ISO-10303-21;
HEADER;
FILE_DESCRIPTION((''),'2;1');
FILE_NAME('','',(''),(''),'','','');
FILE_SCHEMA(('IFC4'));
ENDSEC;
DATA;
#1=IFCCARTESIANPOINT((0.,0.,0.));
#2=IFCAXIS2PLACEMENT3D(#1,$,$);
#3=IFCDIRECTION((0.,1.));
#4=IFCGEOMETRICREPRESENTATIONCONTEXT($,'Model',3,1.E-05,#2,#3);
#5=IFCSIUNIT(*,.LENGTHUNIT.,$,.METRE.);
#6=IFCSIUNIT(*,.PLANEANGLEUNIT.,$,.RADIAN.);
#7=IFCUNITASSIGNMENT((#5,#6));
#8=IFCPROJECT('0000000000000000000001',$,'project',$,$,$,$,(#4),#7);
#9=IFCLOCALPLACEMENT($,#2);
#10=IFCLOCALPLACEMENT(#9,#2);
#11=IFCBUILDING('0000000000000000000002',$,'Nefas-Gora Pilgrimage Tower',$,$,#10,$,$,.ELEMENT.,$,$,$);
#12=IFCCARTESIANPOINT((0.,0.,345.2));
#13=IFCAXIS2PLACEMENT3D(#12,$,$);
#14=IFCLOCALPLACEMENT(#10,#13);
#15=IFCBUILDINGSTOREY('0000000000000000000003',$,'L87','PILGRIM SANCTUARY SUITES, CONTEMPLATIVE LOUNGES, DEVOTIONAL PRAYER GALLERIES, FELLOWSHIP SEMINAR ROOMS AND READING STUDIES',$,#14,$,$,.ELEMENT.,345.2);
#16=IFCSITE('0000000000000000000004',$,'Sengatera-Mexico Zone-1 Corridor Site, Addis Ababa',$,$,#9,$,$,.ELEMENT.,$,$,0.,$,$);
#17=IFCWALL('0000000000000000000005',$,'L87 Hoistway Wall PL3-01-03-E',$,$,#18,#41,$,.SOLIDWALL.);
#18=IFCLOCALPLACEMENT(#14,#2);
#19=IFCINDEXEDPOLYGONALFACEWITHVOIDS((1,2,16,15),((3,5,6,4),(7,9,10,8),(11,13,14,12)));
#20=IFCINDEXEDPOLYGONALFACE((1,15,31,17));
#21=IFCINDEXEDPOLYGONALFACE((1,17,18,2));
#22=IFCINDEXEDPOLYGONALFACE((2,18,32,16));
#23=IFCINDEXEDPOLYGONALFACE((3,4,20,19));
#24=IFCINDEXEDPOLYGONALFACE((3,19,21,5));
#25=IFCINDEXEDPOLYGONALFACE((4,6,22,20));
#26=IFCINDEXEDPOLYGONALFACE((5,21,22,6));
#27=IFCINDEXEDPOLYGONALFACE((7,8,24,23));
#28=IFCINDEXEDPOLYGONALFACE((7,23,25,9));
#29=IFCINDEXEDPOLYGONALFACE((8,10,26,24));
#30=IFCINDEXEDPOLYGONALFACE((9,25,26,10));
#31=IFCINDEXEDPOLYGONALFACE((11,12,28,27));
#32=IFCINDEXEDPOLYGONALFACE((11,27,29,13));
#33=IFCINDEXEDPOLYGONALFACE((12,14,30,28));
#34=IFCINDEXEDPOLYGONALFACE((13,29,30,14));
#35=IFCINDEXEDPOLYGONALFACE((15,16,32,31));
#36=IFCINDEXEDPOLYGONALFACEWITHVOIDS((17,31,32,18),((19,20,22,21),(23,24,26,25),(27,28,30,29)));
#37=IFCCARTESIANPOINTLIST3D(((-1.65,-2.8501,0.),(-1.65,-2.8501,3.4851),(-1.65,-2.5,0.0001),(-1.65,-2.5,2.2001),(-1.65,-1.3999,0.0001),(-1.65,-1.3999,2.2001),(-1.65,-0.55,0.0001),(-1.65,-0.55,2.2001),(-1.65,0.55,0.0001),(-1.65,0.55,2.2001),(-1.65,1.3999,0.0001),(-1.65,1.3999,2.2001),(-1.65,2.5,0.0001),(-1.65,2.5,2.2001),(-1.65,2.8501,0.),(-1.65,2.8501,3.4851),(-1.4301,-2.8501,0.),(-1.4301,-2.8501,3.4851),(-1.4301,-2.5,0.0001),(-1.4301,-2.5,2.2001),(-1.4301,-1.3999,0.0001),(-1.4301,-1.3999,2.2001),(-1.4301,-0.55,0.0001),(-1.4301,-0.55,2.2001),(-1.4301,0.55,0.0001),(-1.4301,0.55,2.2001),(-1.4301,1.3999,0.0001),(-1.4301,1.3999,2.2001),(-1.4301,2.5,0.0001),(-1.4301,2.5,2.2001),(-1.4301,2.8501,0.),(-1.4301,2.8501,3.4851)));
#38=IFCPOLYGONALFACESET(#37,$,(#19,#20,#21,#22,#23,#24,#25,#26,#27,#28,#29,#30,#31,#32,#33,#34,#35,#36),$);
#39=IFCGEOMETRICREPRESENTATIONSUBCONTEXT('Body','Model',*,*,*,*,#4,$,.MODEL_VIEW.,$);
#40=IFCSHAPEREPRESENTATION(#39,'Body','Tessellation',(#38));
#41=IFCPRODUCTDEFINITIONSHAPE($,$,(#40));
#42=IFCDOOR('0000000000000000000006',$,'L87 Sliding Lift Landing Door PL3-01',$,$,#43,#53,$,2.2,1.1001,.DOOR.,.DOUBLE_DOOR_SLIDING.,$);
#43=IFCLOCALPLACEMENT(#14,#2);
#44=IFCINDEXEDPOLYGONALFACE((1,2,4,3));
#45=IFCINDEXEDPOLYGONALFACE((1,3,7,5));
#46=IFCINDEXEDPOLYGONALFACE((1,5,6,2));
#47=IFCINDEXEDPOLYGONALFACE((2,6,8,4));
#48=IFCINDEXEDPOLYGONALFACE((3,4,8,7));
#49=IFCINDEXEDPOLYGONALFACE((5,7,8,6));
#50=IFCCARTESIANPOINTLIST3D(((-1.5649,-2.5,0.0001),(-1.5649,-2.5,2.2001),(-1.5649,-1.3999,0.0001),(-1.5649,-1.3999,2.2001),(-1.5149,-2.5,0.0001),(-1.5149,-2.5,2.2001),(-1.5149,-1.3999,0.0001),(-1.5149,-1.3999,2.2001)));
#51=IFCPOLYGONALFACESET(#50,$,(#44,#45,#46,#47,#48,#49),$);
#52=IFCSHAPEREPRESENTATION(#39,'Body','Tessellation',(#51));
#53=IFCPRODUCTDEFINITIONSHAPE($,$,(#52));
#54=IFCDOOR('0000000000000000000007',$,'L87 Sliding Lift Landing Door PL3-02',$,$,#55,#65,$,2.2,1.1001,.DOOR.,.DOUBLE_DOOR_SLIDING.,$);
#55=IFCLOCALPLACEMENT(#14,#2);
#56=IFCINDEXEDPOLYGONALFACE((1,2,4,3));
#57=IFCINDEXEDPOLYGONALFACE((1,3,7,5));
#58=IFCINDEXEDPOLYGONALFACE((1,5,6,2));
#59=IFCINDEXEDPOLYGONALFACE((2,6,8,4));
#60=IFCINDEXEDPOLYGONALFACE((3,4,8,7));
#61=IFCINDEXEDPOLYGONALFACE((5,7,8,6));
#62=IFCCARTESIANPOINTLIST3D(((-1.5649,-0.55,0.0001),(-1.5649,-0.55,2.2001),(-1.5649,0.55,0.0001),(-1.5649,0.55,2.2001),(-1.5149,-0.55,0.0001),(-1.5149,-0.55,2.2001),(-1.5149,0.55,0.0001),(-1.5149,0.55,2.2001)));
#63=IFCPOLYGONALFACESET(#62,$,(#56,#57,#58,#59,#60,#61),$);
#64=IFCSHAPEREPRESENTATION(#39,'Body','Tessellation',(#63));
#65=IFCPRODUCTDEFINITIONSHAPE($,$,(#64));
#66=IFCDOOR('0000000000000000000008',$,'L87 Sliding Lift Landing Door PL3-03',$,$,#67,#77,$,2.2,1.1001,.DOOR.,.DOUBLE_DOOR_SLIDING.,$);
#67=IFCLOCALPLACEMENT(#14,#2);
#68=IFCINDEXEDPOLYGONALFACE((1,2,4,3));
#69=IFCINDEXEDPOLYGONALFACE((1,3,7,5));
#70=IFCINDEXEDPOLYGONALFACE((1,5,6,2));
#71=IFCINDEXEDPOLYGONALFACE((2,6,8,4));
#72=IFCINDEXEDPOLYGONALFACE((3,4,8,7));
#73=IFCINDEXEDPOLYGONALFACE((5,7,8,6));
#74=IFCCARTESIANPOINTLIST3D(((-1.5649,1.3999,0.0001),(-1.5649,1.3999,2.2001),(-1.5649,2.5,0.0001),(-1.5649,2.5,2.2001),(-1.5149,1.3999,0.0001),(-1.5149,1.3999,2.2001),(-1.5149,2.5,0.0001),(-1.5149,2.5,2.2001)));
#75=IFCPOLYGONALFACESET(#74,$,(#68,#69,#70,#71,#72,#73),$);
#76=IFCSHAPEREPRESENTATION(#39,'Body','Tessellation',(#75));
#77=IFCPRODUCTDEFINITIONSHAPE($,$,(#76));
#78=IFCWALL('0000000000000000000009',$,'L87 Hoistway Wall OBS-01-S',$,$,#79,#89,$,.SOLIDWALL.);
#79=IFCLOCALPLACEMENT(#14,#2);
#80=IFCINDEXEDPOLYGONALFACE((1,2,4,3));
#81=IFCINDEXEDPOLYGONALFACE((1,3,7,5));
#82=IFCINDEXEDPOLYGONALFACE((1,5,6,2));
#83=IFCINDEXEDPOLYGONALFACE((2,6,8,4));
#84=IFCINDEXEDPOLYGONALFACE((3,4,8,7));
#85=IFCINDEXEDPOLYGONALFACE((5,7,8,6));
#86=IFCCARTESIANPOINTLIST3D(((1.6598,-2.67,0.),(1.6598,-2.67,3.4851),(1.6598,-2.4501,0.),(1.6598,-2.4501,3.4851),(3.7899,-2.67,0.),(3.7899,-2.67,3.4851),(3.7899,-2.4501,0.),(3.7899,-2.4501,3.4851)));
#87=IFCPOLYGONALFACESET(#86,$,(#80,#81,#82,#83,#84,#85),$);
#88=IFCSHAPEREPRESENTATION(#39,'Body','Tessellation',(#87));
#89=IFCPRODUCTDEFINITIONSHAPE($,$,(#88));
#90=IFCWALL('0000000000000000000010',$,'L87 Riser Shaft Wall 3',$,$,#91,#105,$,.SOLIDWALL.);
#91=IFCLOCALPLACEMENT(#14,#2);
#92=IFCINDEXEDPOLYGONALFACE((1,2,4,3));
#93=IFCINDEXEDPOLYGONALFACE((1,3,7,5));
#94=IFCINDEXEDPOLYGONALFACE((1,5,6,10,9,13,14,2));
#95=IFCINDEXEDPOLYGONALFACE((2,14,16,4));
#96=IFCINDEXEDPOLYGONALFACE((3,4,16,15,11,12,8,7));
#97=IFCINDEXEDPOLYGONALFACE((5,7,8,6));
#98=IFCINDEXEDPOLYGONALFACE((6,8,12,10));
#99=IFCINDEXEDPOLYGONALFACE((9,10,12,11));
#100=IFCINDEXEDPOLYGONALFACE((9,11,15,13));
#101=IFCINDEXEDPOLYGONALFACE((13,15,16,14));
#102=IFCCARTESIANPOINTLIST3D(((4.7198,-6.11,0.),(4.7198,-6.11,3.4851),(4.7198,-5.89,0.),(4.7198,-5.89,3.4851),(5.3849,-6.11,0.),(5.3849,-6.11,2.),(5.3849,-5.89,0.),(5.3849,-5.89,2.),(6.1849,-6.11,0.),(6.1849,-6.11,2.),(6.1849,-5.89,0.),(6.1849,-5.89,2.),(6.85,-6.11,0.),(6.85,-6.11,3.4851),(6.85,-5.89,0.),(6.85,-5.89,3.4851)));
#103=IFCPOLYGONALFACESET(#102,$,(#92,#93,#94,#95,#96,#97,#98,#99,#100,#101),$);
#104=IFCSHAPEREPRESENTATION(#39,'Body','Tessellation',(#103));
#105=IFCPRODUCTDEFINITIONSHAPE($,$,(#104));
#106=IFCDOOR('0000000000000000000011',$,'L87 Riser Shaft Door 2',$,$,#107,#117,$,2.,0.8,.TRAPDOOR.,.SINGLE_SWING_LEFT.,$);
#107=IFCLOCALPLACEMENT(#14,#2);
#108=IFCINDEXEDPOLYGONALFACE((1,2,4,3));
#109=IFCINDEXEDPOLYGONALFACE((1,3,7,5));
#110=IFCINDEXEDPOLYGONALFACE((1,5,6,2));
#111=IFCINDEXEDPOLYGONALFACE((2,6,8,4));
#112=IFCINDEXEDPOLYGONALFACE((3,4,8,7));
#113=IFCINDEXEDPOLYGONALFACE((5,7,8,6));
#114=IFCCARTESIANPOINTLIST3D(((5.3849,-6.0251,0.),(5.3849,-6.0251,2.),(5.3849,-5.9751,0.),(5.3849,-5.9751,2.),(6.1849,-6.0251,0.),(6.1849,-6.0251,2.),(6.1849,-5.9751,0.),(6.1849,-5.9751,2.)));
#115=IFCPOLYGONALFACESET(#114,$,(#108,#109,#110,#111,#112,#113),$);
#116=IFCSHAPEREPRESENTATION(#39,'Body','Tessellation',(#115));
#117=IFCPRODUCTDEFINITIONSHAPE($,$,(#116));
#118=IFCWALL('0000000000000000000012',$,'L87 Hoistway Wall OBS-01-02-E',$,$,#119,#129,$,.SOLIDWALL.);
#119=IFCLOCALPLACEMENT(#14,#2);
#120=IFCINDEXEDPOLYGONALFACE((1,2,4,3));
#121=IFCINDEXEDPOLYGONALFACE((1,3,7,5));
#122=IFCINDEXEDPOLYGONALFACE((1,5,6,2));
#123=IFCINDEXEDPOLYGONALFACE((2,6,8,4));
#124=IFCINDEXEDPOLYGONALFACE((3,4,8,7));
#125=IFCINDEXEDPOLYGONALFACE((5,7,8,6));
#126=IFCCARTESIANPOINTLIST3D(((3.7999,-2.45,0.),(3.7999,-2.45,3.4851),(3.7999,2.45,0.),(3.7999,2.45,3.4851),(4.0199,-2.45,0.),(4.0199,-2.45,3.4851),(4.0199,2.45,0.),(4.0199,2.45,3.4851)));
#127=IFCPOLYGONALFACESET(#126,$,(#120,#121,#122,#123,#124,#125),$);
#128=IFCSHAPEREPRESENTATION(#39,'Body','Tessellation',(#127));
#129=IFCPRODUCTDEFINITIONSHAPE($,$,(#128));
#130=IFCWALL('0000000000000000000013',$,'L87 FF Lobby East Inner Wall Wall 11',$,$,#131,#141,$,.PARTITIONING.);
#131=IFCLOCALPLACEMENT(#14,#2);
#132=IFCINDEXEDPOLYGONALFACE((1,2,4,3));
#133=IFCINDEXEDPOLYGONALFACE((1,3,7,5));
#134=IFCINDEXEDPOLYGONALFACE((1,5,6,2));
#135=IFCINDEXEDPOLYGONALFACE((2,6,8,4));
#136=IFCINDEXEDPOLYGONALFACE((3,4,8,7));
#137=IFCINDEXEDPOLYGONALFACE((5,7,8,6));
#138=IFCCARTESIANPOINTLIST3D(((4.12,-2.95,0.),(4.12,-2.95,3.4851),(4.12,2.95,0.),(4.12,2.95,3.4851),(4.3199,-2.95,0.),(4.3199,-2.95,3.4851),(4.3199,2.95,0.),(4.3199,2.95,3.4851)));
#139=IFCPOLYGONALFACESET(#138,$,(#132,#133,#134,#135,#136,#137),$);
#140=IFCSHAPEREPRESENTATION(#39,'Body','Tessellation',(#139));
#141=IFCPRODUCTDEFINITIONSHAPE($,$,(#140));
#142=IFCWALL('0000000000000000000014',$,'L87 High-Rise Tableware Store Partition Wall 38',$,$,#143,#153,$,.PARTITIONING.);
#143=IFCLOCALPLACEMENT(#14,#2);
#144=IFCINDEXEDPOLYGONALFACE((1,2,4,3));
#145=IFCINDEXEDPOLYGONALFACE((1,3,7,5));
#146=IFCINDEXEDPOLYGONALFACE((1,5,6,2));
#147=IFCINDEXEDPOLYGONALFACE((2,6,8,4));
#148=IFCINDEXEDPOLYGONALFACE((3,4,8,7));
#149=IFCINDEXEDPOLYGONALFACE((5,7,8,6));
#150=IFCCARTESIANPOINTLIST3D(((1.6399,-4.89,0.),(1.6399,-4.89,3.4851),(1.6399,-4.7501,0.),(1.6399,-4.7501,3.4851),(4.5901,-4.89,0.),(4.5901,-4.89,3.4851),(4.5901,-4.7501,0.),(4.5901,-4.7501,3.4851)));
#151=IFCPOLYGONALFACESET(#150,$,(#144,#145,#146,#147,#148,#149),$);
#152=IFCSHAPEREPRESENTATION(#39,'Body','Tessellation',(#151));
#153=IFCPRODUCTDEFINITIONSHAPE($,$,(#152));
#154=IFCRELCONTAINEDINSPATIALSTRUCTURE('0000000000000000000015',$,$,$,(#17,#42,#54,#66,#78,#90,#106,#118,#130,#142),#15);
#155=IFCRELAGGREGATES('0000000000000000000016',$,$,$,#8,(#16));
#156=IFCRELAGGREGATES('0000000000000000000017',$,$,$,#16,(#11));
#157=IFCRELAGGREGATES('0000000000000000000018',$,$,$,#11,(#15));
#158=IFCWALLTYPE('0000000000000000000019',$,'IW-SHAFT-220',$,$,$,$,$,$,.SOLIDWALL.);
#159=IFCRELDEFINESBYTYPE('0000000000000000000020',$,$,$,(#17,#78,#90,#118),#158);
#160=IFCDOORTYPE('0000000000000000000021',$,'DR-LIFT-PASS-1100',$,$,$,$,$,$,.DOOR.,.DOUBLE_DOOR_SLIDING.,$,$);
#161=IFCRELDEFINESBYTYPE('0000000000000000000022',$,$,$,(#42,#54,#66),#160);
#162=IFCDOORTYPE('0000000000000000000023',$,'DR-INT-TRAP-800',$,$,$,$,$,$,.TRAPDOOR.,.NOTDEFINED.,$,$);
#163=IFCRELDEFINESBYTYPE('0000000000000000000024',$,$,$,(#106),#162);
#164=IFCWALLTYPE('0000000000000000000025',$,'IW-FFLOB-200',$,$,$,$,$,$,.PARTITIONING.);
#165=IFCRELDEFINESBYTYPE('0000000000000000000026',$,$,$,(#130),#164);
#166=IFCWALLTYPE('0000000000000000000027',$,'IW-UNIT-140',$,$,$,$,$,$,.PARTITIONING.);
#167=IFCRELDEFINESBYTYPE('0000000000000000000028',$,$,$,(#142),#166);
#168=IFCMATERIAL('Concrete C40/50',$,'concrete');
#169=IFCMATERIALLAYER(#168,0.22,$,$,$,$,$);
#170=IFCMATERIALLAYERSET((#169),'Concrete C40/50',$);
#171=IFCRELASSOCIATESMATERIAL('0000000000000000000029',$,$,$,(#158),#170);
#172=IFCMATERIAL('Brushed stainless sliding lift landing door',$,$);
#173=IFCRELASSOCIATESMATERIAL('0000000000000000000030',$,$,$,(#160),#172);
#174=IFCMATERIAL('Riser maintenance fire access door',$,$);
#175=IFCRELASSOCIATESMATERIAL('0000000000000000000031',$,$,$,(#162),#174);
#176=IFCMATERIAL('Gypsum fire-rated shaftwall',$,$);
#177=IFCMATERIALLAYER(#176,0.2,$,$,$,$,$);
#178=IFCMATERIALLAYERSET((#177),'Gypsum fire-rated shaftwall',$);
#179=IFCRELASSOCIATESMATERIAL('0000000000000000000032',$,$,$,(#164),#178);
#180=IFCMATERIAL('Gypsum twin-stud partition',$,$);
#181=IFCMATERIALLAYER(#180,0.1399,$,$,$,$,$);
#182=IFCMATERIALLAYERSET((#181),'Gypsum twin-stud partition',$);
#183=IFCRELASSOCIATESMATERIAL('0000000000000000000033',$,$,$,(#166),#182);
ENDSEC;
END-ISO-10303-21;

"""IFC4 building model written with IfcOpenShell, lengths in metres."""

from ifc_helpers import new_model, si_unit, direction, frame, frame_2d, origin, place, context, subcontext, project, spatial, rectangle, extrude, source, transform, mapped, material, layer, layer_set, type_object, element, fill, save


model = new_model("IFC4")

# Units and contexts
model_context = context("Model", 3, precision=1e-05, world=origin(), true_north=direction((0.0, 1.0)))
body_context = subcontext(model_context, "Body", "Model", "MODEL_VIEW")
ifc_project = project(units=[si_unit("LENGTHUNIT", "METRE"), si_unit("PLANEANGLEUNIT", "RADIAN")], contexts=[model_context])

# Site, building, storey
site_placement = place(None, origin())
site = spatial("IfcSite", under=ifc_project, at=site_placement, Name="Sengatera-Mexico Zone-1 Corridor Site, Addis Ababa", CompositionType="ELEMENT", RefElevation=0.0)
building_placement = place(site_placement, origin())
building = spatial("IfcBuilding", under=site, at=building_placement, Name="Nefas-Gora Pilgrimage Tower", CompositionType="ELEMENT")
storey_placement = place(building_placement, frame((0.0, 0.0, 345.2)))
storey = spatial("IfcBuildingStorey", under=building, at=storey_placement, Name="L87", Description="PILGRIM SANCTUARY SUITES, CONTEMPLATIVE LOUNGES, DEVOTIONAL PRAYER GALLERIES, FELLOWSHIP SEMINAR ROOMS AND READING STUDIES", CompositionType="ELEMENT", Elevation=345.2)

# Shared definitions
ifc_material_1 = material(Name="Concrete C40/50", Category="concrete")
ifc_layer_1 = layer(ifc_material_1, 0.22)
ifc_layer_set_1 = layer_set([ifc_layer_1], Name="Concrete C40/50")
wall_type_1 = type_object("IfcWallType", Name="IW-SHAFT-220", PredefinedType="SOLIDWALL", material=ifc_layer_set_1)

# Wall, openings, doors
shared_shape_1 = source(origin(), body_context, "Body", "SweptSolid", [
    extrude(rectangle(XDim=5.7002, YDim=0.22, at=frame_2d((2.8501, 0.0))), origin(), (0.0, 0.0, 1.0), 3.4851),
])
wall_1_placement = place(storey_placement, frame((-1.54, -2.8501, 0.0), z_axis=(0.0, 0.0, 1.0), x_axis=(0.0, 1.0, 0.0)))
wall_1 = element("IfcWall", 1, at=wall_1_placement, inside=storey, type_object=wall_type_1, Name="L87 Hoistway Wall PL3-01-03-E", PredefinedType="SOLIDWALL", context=body_context, shape_type="MappedRepresentation", body=[
    mapped(shared_shape_1, transform((0.0, 0.0, 0.0), x_axis=(1.0, 0.0, 0.0), y_axis=(0.0, 1.0, 0.0), z_axis=(0.0, 0.0, 1.0), scale=1.0)),
])
opening_1_placement = place(wall_1_placement, frame((0.3501, 0.0, 0.0)))
opening_1 = element("IfcOpeningElement", 2, at=opening_1_placement, cuts=wall_1, PredefinedType="OPENING", context=body_context, shape_type="SweptSolid", body=[
    extrude(rectangle(XDim=1.1001, YDim=2.2, at=frame_2d((0.55, 1.1001))), frame((0.0, 0.1199, 0.0), z_axis=(0.0, -1.0, 0.0), x_axis=(1.0, 0.0, 0.0)), (0.0, 0.0, 1.0), 0.24),
])
opening_2_placement = place(wall_1_placement, frame((2.3, 0.0, 0.0)))
opening_2 = element("IfcOpeningElement", 3, at=opening_2_placement, cuts=wall_1, PredefinedType="OPENING", context=body_context, shape_type="SweptSolid", body=[
    extrude(rectangle(XDim=1.1001, YDim=2.2, at=frame_2d((0.55, 1.1001))), frame((0.0, 0.1199, 0.0), z_axis=(0.0, -1.0, 0.0), x_axis=(1.0, 0.0, 0.0)), (0.0, 0.0, 1.0), 0.24),
])
opening_3_placement = place(wall_1_placement, frame((4.25, 0.0, 0.0)))
opening_3 = element("IfcOpeningElement", 4, at=opening_3_placement, cuts=wall_1, PredefinedType="OPENING", context=body_context, shape_type="SweptSolid", body=[
    extrude(rectangle(XDim=1.1001, YDim=2.2, at=frame_2d((0.55, 1.1001))), frame((0.0, 0.1199, 0.0), z_axis=(0.0, -1.0, 0.0), x_axis=(1.0, 0.0, 0.0)), (0.0, 0.0, 1.0), 0.24),
])
ifc_material_2 = material(Name="Brushed stainless sliding lift landing door")
door_type_1 = type_object("IfcDoorType", Name="DR-LIFT-PASS-1100", OperationType="DOUBLE_DOOR_SLIDING", PredefinedType="DOOR", material=ifc_material_2)
shared_shape_2 = source(origin(), body_context, "Body", "SweptSolid", [
    extrude(rectangle(XDim=1.1001, YDim=2.2, at=frame_2d((0.55, 1.1001))), frame((0.0, 0.0249, 0.0), z_axis=(0.0, -1.0, 0.0), x_axis=(1.0, 0.0, 0.0)), (0.0, 0.0, 1.0), 0.05),
])
door_1_placement = place(opening_1_placement, origin())
door_1 = element("IfcDoor", 5, at=door_1_placement, inside=storey, type_object=door_type_1, Name="L87 Sliding Lift Landing Door PL3-01", OperationType="DOUBLE_DOOR_SLIDING", OverallHeight=2.2, OverallWidth=1.1001, PredefinedType="DOOR", context=body_context, shape_type="MappedRepresentation", body=[
    mapped(shared_shape_2, transform((0.0, 0.0, 0.0), x_axis=(1.0, 0.0, 0.0), y_axis=(0.0, 1.0, 0.0), z_axis=(0.0, 0.0, 1.0), scale=1.0)),
])
fill(opening_1, door_1)
door_2_placement = place(opening_2_placement, origin())
door_2 = element("IfcDoor", 6, at=door_2_placement, inside=storey, type_object=door_type_1, Name="L87 Sliding Lift Landing Door PL3-02", OperationType="DOUBLE_DOOR_SLIDING", OverallHeight=2.2, OverallWidth=1.1001, PredefinedType="DOOR", context=body_context, shape_type="MappedRepresentation", body=[
    mapped(shared_shape_2, transform((0.0, 0.0, 0.0), x_axis=(1.0, 0.0, 0.0), y_axis=(0.0, 1.0, 0.0), z_axis=(0.0, 0.0, 1.0), scale=1.0)),
])
fill(opening_2, door_2)
door_3_placement = place(opening_3_placement, origin())
door_3 = element("IfcDoor", 7, at=door_3_placement, inside=storey, type_object=door_type_1, Name="L87 Sliding Lift Landing Door PL3-03", OperationType="DOUBLE_DOOR_SLIDING", OverallHeight=2.2, OverallWidth=1.1001, PredefinedType="DOOR", context=body_context, shape_type="MappedRepresentation", body=[
    mapped(shared_shape_2, transform((0.0, 0.0, 0.0), x_axis=(1.0, 0.0, 0.0), y_axis=(0.0, 1.0, 0.0), z_axis=(0.0, 0.0, 1.0), scale=1.0)),
])
fill(opening_3, door_3)

# Wall
shared_shape_3 = source(origin(), body_context, "Body", "SweptSolid", [
    extrude(rectangle(XDim=2.1301, YDim=0.22, at=frame_2d((1.0649, 0.0))), origin(), (0.0, 0.0, 1.0), 3.4851),
])
wall_2_placement = place(storey_placement, frame((1.6599, -2.5601, 0.0), z_axis=(0.0, 0.0, 1.0), x_axis=(1.0, 0.0, 0.0)))
element("IfcWall", 8, at=wall_2_placement, inside=storey, type_object=wall_type_1, Name="L87 Hoistway Wall OBS-01-S", PredefinedType="SOLIDWALL", context=body_context, shape_type="MappedRepresentation", body=[
    mapped(shared_shape_3, transform((0.0, 0.0, 0.0), x_axis=(1.0, 0.0, 0.0), y_axis=(0.0, 1.0, 0.0), z_axis=(0.0, 0.0, 1.0), scale=1.0)),
])

# Wall, opening, door
wall_3_placement = place(storey_placement, frame((4.72, -6.0, 0.0), z_axis=(0.0, 0.0, 1.0), x_axis=(1.0, 0.0, 0.0)))
wall_3 = element("IfcWall", 9, at=wall_3_placement, inside=storey, type_object=wall_type_1, Name="L87 Riser Shaft Wall 3", PredefinedType="SOLIDWALL", context=body_context, shape_type="MappedRepresentation", body=[
    mapped(shared_shape_3, transform((0.0, 0.0, 0.0), x_axis=(1.0, 0.0, 0.0), y_axis=(0.0, 1.0, 0.0), z_axis=(0.0, 0.0, 1.0), scale=1.0)),
])
opening_4_placement = place(wall_3_placement, frame((0.665, 0.0, 0.0)))
opening_4 = element("IfcOpeningElement", 10, at=opening_4_placement, cuts=wall_3, PredefinedType="OPENING", context=body_context, shape_type="SweptSolid", body=[
    extrude(rectangle(XDim=0.8, YDim=2.0, at=frame_2d((0.3999, 1.0))), frame((0.0, 0.1199, 0.0), z_axis=(0.0, -1.0, 0.0), x_axis=(1.0, 0.0, 0.0)), (0.0, 0.0, 1.0), 0.24),
])
ifc_material_3 = material(Name="Riser maintenance fire access door")
door_type_2 = type_object("IfcDoorType", Name="DR-INT-TRAP-800", OperationType="NOTDEFINED", PredefinedType="TRAPDOOR", material=ifc_material_3)
shared_shape_4 = source(origin(), body_context, "Body", "SweptSolid", [
    extrude(rectangle(XDim=0.8, YDim=2.0, at=frame_2d((0.3999, 1.0))), frame((0.0, 0.0249, 0.0), z_axis=(0.0, -1.0, 0.0), x_axis=(1.0, 0.0, 0.0)), (0.0, 0.0, 1.0), 0.05),
])
door_4_placement = place(opening_4_placement, origin())
door_4 = element("IfcDoor", 11, at=door_4_placement, inside=storey, type_object=door_type_2, Name="L87 Riser Shaft Door 2", OperationType="SINGLE_SWING_LEFT", OverallHeight=2.0, OverallWidth=0.8, PredefinedType="TRAPDOOR", context=body_context, shape_type="MappedRepresentation", body=[
    mapped(shared_shape_4, transform((0.0, 0.0, 0.0), x_axis=(1.0, 0.0, 0.0), y_axis=(0.0, 1.0, 0.0), z_axis=(0.0, 0.0, 1.0), scale=1.0)),
])
fill(opening_4, door_4)

# Walls
shared_shape_5 = source(origin(), body_context, "Body", "SweptSolid", [
    extrude(rectangle(XDim=4.8999, YDim=0.22, at=frame_2d((2.45, 0.0))), origin(), (0.0, 0.0, 1.0), 3.4851),
])
wall_4_placement = place(storey_placement, frame((3.9099, -2.45, 0.0), z_axis=(0.0, 0.0, 1.0), x_axis=(0.0, 1.0, 0.0)))
element("IfcWall", 12, at=wall_4_placement, inside=storey, type_object=wall_type_1, Name="L87 Hoistway Wall OBS-01-02-E", PredefinedType="SOLIDWALL", context=body_context, shape_type="MappedRepresentation", body=[
    mapped(shared_shape_5, transform((0.0, 0.0, 0.0), x_axis=(1.0, 0.0, 0.0), y_axis=(0.0, 1.0, 0.0), z_axis=(0.0, 0.0, 1.0), scale=1.0)),
])
ifc_material_4 = material(Name="Gypsum fire-rated shaftwall")
ifc_layer_2 = layer(ifc_material_4, 0.2)
ifc_layer_set_2 = layer_set([ifc_layer_2], Name="Gypsum fire-rated shaftwall")
wall_type_2 = type_object("IfcWallType", Name="IW-FFLOB-200", PredefinedType="PARTITIONING", material=ifc_layer_set_2)
shared_shape_6 = source(origin(), body_context, "Body", "SweptSolid", [
    extrude(rectangle(XDim=5.8999, YDim=0.2, at=frame_2d((2.95, 0.0))), origin(), (0.0, 0.0, 1.0), 3.4851),
])
wall_5_placement = place(storey_placement, frame((4.22, -2.95, 0.0), z_axis=(0.0, 0.0, 1.0), x_axis=(0.0, 1.0, 0.0)))
element("IfcWall", 13, at=wall_5_placement, inside=storey, type_object=wall_type_2, Name="L87 FF Lobby East Inner Wall Wall 11", PredefinedType="PARTITIONING", context=body_context, shape_type="MappedRepresentation", body=[
    mapped(shared_shape_6, transform((0.0, 0.0, 0.0), x_axis=(1.0, 0.0, 0.0), y_axis=(0.0, 1.0, 0.0), z_axis=(0.0, 0.0, 1.0), scale=1.0)),
])
ifc_material_5 = material(Name="Gypsum twin-stud partition")
ifc_layer_3 = layer(ifc_material_5, 0.1399)
ifc_layer_set_3 = layer_set([ifc_layer_3], Name="Gypsum twin-stud partition")
wall_type_3 = type_object("IfcWallType", Name="IW-UNIT-140", PredefinedType="PARTITIONING", material=ifc_layer_set_3)
shared_shape_7 = source(origin(), body_context, "Body", "SweptSolid", [
    extrude(rectangle(XDim=2.9502, YDim=0.1399, at=frame_2d((1.4751, 0.0))), origin(), (0.0, 0.0, 1.0), 3.4851),
])
wall_6_placement = place(storey_placement, frame((1.6399, -4.8201, 0.0), z_axis=(0.0, 0.0, 1.0), x_axis=(1.0, 0.0, 0.0)))
element("IfcWall", 14, at=wall_6_placement, inside=storey, type_object=wall_type_3, Name="L87 High-Rise Tableware Store Partition Wall 38", PredefinedType="PARTITIONING", context=body_context, shape_type="MappedRepresentation", body=[
    mapped(shared_shape_7, transform((0.0, 0.0, 0.0), x_axis=(1.0, 0.0, 0.0), y_axis=(0.0, 1.0, 0.0), z_axis=(0.0, 0.0, 1.0), scale=1.0)),
])

save(model, "model.ifc")
